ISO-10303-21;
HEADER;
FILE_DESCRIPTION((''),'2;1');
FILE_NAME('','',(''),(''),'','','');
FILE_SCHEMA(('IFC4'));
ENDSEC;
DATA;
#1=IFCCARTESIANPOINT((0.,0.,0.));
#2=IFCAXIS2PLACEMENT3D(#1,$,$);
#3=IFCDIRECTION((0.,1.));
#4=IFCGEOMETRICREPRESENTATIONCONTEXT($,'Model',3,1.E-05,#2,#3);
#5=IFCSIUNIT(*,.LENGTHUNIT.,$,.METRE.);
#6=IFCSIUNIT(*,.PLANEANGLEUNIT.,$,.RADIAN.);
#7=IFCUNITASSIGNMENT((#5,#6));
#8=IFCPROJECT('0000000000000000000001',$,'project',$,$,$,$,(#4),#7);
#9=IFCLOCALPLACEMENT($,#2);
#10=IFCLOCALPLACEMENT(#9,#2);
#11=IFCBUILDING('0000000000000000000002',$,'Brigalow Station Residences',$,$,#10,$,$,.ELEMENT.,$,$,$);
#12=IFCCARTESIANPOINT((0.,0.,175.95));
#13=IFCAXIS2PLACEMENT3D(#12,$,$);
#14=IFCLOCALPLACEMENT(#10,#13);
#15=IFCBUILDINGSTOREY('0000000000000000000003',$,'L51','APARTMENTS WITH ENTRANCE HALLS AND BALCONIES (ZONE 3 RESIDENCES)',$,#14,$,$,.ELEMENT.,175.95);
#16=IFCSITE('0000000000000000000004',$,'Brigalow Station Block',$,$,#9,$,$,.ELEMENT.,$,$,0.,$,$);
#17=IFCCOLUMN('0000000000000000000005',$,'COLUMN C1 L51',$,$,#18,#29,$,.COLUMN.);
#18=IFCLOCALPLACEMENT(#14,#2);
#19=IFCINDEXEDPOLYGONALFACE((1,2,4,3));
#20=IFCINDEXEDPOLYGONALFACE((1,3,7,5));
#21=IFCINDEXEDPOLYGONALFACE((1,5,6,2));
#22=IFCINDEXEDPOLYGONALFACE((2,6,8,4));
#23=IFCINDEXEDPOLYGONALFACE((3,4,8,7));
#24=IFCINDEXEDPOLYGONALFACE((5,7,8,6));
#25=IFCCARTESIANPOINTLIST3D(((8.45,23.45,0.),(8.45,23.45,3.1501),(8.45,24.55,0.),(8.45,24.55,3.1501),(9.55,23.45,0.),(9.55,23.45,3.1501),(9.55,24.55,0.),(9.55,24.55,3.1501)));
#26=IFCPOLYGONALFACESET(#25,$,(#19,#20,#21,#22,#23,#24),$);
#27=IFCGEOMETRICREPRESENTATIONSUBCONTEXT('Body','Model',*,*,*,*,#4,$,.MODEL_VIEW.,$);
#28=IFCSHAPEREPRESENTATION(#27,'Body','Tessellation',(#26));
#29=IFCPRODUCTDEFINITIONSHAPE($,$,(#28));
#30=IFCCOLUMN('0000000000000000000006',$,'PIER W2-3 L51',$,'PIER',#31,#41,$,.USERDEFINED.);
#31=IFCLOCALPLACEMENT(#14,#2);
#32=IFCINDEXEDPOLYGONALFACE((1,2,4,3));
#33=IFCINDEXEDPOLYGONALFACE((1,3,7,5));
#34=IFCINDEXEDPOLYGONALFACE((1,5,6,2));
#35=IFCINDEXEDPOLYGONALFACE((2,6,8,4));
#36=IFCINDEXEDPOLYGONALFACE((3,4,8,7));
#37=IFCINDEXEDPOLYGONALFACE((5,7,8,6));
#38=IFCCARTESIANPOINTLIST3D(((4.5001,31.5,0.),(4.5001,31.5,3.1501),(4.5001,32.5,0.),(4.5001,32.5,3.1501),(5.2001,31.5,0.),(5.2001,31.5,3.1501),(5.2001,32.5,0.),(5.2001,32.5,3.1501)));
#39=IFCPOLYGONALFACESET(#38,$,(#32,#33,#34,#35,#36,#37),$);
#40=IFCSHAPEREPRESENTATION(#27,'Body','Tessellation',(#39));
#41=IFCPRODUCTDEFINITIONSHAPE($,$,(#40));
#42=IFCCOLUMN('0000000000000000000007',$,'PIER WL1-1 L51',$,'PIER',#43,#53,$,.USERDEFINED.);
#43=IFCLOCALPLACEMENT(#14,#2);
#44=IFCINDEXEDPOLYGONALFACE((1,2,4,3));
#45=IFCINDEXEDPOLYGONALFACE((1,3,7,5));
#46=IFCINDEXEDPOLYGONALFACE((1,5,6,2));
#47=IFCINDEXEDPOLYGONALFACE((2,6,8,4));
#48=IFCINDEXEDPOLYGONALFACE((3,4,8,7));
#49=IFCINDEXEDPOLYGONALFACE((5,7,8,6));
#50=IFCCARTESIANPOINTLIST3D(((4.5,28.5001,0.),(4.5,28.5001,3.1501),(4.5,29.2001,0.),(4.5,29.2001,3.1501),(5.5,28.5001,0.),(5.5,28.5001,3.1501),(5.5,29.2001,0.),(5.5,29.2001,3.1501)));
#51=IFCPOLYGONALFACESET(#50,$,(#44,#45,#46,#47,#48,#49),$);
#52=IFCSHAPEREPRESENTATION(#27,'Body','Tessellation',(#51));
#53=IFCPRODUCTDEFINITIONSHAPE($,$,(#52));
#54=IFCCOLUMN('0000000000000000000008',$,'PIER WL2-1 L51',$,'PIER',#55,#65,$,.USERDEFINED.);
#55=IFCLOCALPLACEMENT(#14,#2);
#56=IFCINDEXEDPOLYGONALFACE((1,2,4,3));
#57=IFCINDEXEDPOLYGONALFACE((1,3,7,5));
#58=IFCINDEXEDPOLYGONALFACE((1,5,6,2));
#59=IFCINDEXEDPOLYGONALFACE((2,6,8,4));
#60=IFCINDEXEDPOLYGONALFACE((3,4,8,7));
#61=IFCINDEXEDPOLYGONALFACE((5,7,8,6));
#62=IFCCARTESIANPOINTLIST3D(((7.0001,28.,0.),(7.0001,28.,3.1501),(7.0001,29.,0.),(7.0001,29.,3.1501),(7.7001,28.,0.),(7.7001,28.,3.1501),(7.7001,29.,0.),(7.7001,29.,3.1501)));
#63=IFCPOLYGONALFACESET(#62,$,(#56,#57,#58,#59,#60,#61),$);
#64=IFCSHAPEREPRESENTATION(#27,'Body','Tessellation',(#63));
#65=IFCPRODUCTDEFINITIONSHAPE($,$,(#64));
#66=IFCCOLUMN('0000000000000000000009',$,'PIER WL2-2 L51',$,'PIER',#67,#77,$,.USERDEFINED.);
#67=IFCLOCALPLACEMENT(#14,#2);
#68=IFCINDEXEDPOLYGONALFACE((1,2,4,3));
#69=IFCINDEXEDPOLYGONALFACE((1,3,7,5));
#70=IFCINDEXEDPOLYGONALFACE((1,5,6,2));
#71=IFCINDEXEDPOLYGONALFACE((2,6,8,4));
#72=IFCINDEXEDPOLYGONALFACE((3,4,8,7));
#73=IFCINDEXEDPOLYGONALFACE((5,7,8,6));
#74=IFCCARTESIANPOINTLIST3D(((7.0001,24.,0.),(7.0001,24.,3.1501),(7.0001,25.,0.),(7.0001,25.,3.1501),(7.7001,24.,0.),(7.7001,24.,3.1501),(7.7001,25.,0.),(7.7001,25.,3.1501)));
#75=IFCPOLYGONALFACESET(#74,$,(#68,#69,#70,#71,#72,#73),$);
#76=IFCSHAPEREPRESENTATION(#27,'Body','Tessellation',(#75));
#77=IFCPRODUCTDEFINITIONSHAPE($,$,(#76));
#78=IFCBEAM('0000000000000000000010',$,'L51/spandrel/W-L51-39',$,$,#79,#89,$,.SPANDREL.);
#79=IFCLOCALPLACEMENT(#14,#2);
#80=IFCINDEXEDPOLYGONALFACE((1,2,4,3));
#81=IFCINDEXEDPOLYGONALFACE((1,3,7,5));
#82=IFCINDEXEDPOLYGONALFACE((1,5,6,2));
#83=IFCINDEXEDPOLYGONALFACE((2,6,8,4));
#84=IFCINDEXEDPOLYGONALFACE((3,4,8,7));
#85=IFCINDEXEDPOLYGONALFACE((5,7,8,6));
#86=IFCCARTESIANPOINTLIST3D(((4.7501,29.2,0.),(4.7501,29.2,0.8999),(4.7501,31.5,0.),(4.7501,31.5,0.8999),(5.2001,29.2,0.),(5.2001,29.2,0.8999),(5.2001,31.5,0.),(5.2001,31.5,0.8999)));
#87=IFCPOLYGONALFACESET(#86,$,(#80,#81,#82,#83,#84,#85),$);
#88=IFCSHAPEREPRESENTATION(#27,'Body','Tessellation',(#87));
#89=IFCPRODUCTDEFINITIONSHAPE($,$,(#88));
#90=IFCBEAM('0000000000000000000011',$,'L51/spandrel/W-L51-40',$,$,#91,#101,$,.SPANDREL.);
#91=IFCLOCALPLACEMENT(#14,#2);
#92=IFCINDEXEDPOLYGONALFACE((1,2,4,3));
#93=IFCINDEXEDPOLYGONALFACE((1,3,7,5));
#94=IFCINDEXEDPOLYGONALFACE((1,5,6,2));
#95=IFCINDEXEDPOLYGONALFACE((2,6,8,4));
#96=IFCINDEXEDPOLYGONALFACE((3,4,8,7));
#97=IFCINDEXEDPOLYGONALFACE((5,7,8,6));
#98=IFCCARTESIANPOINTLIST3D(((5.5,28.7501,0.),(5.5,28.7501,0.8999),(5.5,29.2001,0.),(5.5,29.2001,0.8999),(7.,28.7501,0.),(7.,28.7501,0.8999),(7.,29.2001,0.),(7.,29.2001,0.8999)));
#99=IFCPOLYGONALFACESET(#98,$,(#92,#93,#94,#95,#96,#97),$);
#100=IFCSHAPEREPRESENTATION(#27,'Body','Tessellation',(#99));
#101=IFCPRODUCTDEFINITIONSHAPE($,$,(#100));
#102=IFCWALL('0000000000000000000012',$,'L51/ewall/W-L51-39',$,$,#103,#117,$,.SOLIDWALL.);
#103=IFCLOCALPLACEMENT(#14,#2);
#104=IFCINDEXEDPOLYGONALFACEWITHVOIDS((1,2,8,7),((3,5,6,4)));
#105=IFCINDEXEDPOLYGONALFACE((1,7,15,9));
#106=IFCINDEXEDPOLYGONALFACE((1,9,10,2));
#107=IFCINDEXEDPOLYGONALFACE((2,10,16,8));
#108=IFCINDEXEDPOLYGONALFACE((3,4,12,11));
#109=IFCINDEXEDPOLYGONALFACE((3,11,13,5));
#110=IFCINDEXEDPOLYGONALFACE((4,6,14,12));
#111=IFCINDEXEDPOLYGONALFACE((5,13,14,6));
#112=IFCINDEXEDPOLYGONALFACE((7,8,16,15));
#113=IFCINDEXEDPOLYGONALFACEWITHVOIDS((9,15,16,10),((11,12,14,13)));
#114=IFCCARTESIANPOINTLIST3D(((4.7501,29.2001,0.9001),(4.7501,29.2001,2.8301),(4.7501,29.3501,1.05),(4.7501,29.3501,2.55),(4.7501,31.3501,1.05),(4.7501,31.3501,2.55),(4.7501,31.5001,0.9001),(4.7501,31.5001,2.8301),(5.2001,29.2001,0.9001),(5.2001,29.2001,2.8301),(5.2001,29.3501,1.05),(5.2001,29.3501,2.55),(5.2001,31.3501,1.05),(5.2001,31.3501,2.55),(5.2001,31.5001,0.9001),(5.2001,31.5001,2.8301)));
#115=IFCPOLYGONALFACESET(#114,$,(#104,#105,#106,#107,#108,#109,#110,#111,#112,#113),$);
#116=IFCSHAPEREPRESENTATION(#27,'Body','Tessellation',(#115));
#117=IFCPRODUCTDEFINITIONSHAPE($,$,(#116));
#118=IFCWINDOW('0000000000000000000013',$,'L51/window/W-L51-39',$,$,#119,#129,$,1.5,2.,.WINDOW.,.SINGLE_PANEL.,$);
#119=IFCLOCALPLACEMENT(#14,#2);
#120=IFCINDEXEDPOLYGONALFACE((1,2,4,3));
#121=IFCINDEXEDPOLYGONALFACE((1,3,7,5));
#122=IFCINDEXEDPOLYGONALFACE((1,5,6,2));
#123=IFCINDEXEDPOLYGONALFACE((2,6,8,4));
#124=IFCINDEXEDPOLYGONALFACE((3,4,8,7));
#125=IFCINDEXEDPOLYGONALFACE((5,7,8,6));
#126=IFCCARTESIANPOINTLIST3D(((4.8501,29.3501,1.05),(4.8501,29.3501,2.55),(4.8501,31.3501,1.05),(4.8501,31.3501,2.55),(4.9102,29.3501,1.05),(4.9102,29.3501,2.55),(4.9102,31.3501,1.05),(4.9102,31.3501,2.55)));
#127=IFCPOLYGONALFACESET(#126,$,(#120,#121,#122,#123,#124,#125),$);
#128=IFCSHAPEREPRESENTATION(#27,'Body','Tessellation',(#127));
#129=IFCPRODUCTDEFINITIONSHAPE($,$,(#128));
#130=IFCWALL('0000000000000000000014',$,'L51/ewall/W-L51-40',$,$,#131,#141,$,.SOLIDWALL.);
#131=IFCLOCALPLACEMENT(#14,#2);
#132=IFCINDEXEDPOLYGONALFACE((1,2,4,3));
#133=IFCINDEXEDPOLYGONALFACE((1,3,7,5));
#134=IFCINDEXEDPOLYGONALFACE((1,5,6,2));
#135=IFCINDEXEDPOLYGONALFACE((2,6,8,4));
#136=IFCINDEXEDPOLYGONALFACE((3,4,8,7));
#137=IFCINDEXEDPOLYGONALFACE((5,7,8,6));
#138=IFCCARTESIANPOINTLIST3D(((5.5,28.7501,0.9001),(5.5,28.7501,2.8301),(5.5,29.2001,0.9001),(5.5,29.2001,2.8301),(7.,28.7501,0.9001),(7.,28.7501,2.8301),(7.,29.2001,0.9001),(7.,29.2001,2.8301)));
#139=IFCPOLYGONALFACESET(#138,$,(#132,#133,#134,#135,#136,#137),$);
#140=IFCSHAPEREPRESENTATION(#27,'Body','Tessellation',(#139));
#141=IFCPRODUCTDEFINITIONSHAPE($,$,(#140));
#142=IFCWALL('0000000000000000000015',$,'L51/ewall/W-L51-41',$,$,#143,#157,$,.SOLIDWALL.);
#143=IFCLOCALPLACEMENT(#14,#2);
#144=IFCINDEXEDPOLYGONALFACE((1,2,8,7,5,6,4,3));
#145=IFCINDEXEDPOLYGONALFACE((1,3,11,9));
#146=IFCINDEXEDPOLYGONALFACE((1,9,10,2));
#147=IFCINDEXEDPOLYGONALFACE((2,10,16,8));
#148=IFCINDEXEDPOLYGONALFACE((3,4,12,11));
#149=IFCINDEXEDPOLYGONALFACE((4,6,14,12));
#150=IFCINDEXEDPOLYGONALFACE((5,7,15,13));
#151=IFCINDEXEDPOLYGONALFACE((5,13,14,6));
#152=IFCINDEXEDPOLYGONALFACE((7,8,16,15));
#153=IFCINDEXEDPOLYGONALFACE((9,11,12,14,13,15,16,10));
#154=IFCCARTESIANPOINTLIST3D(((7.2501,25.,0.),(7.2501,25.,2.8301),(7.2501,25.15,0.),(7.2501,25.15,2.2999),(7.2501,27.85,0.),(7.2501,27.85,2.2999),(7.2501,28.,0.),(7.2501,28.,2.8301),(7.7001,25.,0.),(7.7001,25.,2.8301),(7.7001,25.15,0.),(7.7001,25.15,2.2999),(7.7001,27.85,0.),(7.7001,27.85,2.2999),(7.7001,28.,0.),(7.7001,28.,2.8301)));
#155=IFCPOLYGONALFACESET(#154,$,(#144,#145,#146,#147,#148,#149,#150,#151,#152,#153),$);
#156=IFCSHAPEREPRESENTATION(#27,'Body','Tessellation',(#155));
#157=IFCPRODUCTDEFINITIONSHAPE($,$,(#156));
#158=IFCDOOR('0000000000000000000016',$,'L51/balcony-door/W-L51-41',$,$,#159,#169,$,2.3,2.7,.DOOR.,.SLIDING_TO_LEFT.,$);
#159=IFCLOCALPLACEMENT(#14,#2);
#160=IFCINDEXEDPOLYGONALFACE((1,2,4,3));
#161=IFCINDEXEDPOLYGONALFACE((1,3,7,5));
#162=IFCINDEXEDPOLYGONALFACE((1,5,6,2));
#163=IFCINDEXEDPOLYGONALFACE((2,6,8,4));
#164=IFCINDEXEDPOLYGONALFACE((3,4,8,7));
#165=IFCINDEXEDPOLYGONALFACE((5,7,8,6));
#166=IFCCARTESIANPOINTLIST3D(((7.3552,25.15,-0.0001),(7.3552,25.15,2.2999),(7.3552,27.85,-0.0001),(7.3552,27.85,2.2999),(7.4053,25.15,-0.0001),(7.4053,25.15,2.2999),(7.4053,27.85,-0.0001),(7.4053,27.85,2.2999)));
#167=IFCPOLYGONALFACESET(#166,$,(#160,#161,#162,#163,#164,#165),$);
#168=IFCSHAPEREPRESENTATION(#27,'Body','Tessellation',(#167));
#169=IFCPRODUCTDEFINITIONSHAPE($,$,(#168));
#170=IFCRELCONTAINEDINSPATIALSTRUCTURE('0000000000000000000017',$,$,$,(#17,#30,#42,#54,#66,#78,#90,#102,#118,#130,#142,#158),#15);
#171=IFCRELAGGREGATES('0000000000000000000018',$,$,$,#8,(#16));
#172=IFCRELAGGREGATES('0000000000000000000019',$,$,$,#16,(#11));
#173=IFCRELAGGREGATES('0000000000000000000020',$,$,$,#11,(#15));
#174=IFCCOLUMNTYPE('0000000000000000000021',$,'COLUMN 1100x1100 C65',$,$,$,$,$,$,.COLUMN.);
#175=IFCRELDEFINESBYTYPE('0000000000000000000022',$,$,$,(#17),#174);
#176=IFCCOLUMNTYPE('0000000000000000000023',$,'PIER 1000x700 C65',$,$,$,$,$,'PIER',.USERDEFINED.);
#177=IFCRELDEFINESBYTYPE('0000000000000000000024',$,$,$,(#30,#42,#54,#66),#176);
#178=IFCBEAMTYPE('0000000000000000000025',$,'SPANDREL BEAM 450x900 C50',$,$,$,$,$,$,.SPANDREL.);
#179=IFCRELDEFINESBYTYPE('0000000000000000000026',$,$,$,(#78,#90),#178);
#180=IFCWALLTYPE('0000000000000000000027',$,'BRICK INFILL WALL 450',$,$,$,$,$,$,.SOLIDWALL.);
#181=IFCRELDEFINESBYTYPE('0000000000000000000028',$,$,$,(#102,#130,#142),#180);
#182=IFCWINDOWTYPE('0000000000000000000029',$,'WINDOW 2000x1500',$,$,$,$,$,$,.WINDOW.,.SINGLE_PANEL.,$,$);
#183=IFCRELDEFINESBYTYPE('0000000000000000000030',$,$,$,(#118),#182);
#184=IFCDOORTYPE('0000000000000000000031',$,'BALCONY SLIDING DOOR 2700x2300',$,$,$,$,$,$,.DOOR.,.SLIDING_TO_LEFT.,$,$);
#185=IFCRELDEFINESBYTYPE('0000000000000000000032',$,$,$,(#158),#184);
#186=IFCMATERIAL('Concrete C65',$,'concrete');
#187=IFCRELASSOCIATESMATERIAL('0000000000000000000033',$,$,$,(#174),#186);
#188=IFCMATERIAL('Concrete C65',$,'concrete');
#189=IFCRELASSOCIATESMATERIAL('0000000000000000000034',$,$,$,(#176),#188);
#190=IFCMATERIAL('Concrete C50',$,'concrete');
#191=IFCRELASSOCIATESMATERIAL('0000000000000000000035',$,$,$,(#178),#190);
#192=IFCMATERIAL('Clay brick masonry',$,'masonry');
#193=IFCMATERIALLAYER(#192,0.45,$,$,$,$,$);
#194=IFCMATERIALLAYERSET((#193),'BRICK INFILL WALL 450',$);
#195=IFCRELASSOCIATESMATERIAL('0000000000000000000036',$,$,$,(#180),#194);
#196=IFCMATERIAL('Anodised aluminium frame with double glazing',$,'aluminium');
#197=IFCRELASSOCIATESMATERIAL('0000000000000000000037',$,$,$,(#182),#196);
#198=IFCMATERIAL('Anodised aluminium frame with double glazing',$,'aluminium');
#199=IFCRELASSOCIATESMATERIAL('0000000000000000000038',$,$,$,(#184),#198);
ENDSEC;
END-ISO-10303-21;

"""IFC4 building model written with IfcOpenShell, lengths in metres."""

from ifc_helpers import new_model, si_unit, direction, frame, frame_2d, origin, origin_2d, place, context, subcontext, project, spatial, rectangle, extrude, material, layer, layer_set, material_profile, profile_set, type_object, element, fill, save


model = new_model("IFC4")

# Units and contexts
model_context = context("Model", 3, precision=1e-05, world=origin(), true_north=direction((0.0, 1.0)))
body_context = subcontext(model_context, "Body", "Model", "MODEL_VIEW")
ifc_project = project(units=[si_unit("LENGTHUNIT", "METRE"), si_unit("PLANEANGLEUNIT", "RADIAN")], contexts=[model_context])

# Site, building, storey
site_placement = place(None, origin())
site = spatial("IfcSite", under=ifc_project, at=site_placement, Name="Brigalow Station Block", CompositionType="ELEMENT", RefElevation=0.0)
building_placement = place(site_placement, origin())
building = spatial("IfcBuilding", under=site, at=building_placement, Name="Brigalow Station Residences", CompositionType="ELEMENT")
storey_placement = place(building_placement, frame((0.0, 0.0, 175.95)))
storey = spatial("IfcBuildingStorey", under=building, at=storey_placement, Name="L51", Description="APARTMENTS WITH ENTRANCE HALLS AND BALCONIES (ZONE 3 RESIDENCES)", CompositionType="ELEMENT", Elevation=175.95)

# Columns
ifc_material_1 = material(Name="Concrete C65", Category="concrete")
ifc_material_profile_1 = material_profile(ifc_material_1, rectangle(XDim=1.1001, YDim=1.1001, at=origin_2d()), Name="RC1100x1100")
ifc_profile_set_1 = profile_set([ifc_material_profile_1], Name="Concrete C65")
column_type_1 = type_object("IfcColumnType", Name="COLUMN 1100x1100 C65", PredefinedType="COLUMN", material=ifc_profile_set_1)
column_placement = place(storey_placement, frame((9.0, 24.0, 0.0), z_axis=(0.0, 0.0, 1.0), x_axis=(1.0, 0.0, 0.0)))
element("IfcColumn", 1, at=column_placement, inside=storey, type_object=column_type_1, Name="COLUMN C1 L51", PredefinedType="COLUMN", context=body_context, shape_type="SweptSolid", body=[
    extrude(rectangle(XDim=1.1001, YDim=1.1001, at=origin_2d()), origin(), (0.0, 0.0, 1.0), 3.1501),
])
ifc_material_2 = material(Name="Concrete C65", Category="concrete")
ifc_material_profile_2 = material_profile(ifc_material_2, rectangle(XDim=1.0, YDim=0.7, at=origin_2d()), Name="RC1000x700")
ifc_profile_set_2 = profile_set([ifc_material_profile_2], Name="Concrete C65")
column_type_2 = type_object("IfcColumnType", Name="PIER 1000x700 C65", ElementType="PIER", PredefinedType="USERDEFINED", material=ifc_profile_set_2)
for number, where, z_axis, x_axis, name in (
    (2, (4.8501, 32.0, 0.0), (0.0, 0.0, 1.0), (0.0, -1.0, 0.0), "PIER W2-3 L51"),
    (3, (5.0, 28.8501, 0.0), (0.0, 0.0, 1.0), (1.0, 0.0, 0.0), "PIER WL1-1 L51"),
    (4, (7.3501, 28.5, 0.0), (0.0, 0.0, 1.0), (0.0, -1.0, 0.0), "PIER WL2-1 L51"),
    (5, (7.3501, 24.5, 0.0), (0.0, 0.0, 1.0), (0.0, -1.0, 0.0), "PIER WL2-2 L51"),
):
    element("IfcColumn", number, at=place(storey_placement, frame(where, z_axis=z_axis, x_axis=x_axis)), inside=storey, type_object=column_type_2, Name=name, ObjectType="PIER", PredefinedType="USERDEFINED", context=body_context, shape_type="SweptSolid", body=[
        extrude(rectangle(XDim=1.0, YDim=0.7, at=origin_2d()), origin(), (0.0, 0.0, 1.0), 3.1501),
    ])

# Beams
ifc_material_3 = material(Name="Concrete C50", Category="concrete")
ifc_material_profile_3 = material_profile(ifc_material_3, rectangle(XDim=0.45, YDim=0.8999, at=origin_2d()), Name="RC450x900")
ifc_profile_set_3 = profile_set([ifc_material_profile_3], Name="Concrete C50")
beam_type = type_object("IfcBeamType", Name="SPANDREL BEAM 450x900 C50", PredefinedType="SPANDREL", material=ifc_profile_set_3)
beam_1_placement = place(storey_placement, frame((4.9751, 31.5, 0.45), z_axis=(0.0, -1.0, 0.0), x_axis=(1.0, 0.0, 0.0)))
element("IfcBeam", 6, at=beam_1_placement, inside=storey, type_object=beam_type, Name="L51/spandrel/W-L51-39", PredefinedType="SPANDREL", context=body_context, shape_type="SweptSolid", body=[
    extrude(rectangle(XDim=0.45, YDim=0.8999, at=origin_2d()), origin(), (0.0, 0.0, 1.0), 2.3),
])
beam_2_placement = place(storey_placement, frame((5.5, 28.9751, 0.45), z_axis=(1.0, 0.0, 0.0), x_axis=(0.0, 1.0, 0.0)))
element("IfcBeam", 7, at=beam_2_placement, inside=storey, type_object=beam_type, Name="L51/spandrel/W-L51-40", PredefinedType="SPANDREL", context=body_context, shape_type="SweptSolid", body=[
    extrude(rectangle(XDim=0.45, YDim=0.8999, at=origin_2d()), origin(), (0.0, 0.0, 1.0), 1.5),
])

# Wall, opening, window
ifc_material_4 = material(Name="Clay brick masonry", Category="masonry")
ifc_layer_1 = layer(ifc_material_4, 0.45)
ifc_layer_set_1 = layer_set([ifc_layer_1], Name="BRICK INFILL WALL 450")
wall_type_1 = type_object("IfcWallType", Name="BRICK INFILL WALL 450", PredefinedType="SOLIDWALL", material=ifc_layer_set_1)
wall_1_placement = place(storey_placement, frame((4.9751, 31.5, 0.9001), z_axis=(0.0, 0.0, 1.0), x_axis=(0.0, -1.0, 0.0)))
wall_1 = element("IfcWall", 8, at=wall_1_placement, inside=storey, type_object=wall_type_1, Name="L51/ewall/W-L51-39", PredefinedType="SOLIDWALL", context=body_context, shape_type="SweptSolid", body=[
    extrude(rectangle(XDim=2.3, YDim=0.45, at=frame_2d((1.1499, 0.0))), origin(), (0.0, 0.0, 1.0), 1.9299),
])
opening_1_placement = place(wall_1_placement, frame((0.1499, 0.0, 0.1499)))
opening_1 = element("IfcOpeningElement", 9, at=opening_1_placement, cuts=wall_1, PredefinedType="OPENING", context=body_context, shape_type="SweptSolid", body=[
    extrude(rectangle(XDim=2.0, YDim=1.5, at=frame_2d((1.0, 0.75))), frame((0.0, 0.2349, 0.0), z_axis=(0.0, -1.0, 0.0), x_axis=(1.0, 0.0, 0.0)), (0.0, 0.0, 1.0), 0.47),
])
ifc_material_5 = material(Name="Anodised aluminium frame with double glazing", Category="aluminium")
window_type = type_object("IfcWindowType", Name="WINDOW 2000x1500", PartitioningType="SINGLE_PANEL", PredefinedType="WINDOW", material=ifc_material_5)
window_placement = place(opening_1_placement, origin())
window = element("IfcWindow", 10, at=window_placement, inside=storey, type_object=window_type, Name="L51/window/W-L51-39", OverallHeight=1.5, OverallWidth=2.0, PartitioningType="SINGLE_PANEL", PredefinedType="WINDOW", context=body_context, shape_type="SweptSolid", body=[
    extrude(rectangle(XDim=2.0, YDim=1.5, at=frame_2d((1.0, 0.75))), frame((0.0, -0.0649, 0.0), z_axis=(0.0, -1.0, 0.0), x_axis=(1.0, 0.0, 0.0)), (0.0, 0.0, 1.0), 0.0601),
])
fill(opening_1, window)

# Wall
wall_2_placement = place(storey_placement, frame((5.5, 28.9751, 0.9001), z_axis=(0.0, 0.0, 1.0), x_axis=(1.0, 0.0, 0.0)))
element("IfcWall", 11, at=wall_2_placement, inside=storey, type_object=wall_type_1, Name="L51/ewall/W-L51-40", PredefinedType="SOLIDWALL", context=body_context, shape_type="SweptSolid", body=[
    extrude(rectangle(XDim=1.5, YDim=0.45, at=frame_2d((0.75, 0.0))), origin(), (0.0, 0.0, 1.0), 1.9299),
])

# Wall, opening, door
wall_3_placement = place(storey_placement, frame((7.4751, 28.0, 0.0), z_axis=(0.0, 0.0, 1.0), x_axis=(0.0, -1.0, 0.0)))
wall_3 = element("IfcWall", 12, at=wall_3_placement, inside=storey, type_object=wall_type_1, Name="L51/ewall/W-L51-41", PredefinedType="SOLIDWALL", context=body_context, shape_type="SweptSolid", body=[
    extrude(rectangle(XDim=3.0, YDim=0.45, at=frame_2d((1.5, 0.0))), origin(), (0.0, 0.0, 1.0), 2.8301),
])
opening_2_placement = place(wall_3_placement, frame((0.1499, 0.0, 0.0)))
opening_2 = element("IfcOpeningElement", 13, at=opening_2_placement, cuts=wall_3, PredefinedType="OPENING", context=body_context, shape_type="SweptSolid", body=[
    extrude(rectangle(XDim=2.7, YDim=2.3, at=frame_2d((1.3501, 1.1499))), frame((0.0, 0.2349, 0.0), z_axis=(0.0, -1.0, 0.0), x_axis=(1.0, 0.0, 0.0)), (0.0, 0.0, 1.0), 0.47),
])
ifc_material_6 = material(Name="Anodised aluminium frame with double glazing", Category="aluminium")
door_type_1 = type_object("IfcDoorType", Name="BALCONY SLIDING DOOR 2700x2300", OperationType="SLIDING_TO_LEFT", PredefinedType="DOOR", material=ifc_material_6)
door_1_placement = place(opening_2_placement, origin())
door_1 = element("IfcDoor", 14, at=door_1_placement, inside=storey, type_object=door_type_1, Name="L51/balcony-door/W-L51-41", OperationType="SLIDING_TO_LEFT", OverallHeight=2.3, OverallWidth=2.7, PredefinedType="DOOR", context=body_context, shape_type="SweptSolid", body=[
    extrude(rectangle(XDim=2.7, YDim=2.3, at=frame_2d((1.3501, 1.1499))), frame((0.0, -0.0698, 0.0), z_axis=(0.0, -1.0, 0.0), x_axis=(1.0, 0.0, 0.0)), (0.0, 0.0, 1.0), 0.05),
])
fill(opening_2, door_1)

save(model, "model.ifc")
